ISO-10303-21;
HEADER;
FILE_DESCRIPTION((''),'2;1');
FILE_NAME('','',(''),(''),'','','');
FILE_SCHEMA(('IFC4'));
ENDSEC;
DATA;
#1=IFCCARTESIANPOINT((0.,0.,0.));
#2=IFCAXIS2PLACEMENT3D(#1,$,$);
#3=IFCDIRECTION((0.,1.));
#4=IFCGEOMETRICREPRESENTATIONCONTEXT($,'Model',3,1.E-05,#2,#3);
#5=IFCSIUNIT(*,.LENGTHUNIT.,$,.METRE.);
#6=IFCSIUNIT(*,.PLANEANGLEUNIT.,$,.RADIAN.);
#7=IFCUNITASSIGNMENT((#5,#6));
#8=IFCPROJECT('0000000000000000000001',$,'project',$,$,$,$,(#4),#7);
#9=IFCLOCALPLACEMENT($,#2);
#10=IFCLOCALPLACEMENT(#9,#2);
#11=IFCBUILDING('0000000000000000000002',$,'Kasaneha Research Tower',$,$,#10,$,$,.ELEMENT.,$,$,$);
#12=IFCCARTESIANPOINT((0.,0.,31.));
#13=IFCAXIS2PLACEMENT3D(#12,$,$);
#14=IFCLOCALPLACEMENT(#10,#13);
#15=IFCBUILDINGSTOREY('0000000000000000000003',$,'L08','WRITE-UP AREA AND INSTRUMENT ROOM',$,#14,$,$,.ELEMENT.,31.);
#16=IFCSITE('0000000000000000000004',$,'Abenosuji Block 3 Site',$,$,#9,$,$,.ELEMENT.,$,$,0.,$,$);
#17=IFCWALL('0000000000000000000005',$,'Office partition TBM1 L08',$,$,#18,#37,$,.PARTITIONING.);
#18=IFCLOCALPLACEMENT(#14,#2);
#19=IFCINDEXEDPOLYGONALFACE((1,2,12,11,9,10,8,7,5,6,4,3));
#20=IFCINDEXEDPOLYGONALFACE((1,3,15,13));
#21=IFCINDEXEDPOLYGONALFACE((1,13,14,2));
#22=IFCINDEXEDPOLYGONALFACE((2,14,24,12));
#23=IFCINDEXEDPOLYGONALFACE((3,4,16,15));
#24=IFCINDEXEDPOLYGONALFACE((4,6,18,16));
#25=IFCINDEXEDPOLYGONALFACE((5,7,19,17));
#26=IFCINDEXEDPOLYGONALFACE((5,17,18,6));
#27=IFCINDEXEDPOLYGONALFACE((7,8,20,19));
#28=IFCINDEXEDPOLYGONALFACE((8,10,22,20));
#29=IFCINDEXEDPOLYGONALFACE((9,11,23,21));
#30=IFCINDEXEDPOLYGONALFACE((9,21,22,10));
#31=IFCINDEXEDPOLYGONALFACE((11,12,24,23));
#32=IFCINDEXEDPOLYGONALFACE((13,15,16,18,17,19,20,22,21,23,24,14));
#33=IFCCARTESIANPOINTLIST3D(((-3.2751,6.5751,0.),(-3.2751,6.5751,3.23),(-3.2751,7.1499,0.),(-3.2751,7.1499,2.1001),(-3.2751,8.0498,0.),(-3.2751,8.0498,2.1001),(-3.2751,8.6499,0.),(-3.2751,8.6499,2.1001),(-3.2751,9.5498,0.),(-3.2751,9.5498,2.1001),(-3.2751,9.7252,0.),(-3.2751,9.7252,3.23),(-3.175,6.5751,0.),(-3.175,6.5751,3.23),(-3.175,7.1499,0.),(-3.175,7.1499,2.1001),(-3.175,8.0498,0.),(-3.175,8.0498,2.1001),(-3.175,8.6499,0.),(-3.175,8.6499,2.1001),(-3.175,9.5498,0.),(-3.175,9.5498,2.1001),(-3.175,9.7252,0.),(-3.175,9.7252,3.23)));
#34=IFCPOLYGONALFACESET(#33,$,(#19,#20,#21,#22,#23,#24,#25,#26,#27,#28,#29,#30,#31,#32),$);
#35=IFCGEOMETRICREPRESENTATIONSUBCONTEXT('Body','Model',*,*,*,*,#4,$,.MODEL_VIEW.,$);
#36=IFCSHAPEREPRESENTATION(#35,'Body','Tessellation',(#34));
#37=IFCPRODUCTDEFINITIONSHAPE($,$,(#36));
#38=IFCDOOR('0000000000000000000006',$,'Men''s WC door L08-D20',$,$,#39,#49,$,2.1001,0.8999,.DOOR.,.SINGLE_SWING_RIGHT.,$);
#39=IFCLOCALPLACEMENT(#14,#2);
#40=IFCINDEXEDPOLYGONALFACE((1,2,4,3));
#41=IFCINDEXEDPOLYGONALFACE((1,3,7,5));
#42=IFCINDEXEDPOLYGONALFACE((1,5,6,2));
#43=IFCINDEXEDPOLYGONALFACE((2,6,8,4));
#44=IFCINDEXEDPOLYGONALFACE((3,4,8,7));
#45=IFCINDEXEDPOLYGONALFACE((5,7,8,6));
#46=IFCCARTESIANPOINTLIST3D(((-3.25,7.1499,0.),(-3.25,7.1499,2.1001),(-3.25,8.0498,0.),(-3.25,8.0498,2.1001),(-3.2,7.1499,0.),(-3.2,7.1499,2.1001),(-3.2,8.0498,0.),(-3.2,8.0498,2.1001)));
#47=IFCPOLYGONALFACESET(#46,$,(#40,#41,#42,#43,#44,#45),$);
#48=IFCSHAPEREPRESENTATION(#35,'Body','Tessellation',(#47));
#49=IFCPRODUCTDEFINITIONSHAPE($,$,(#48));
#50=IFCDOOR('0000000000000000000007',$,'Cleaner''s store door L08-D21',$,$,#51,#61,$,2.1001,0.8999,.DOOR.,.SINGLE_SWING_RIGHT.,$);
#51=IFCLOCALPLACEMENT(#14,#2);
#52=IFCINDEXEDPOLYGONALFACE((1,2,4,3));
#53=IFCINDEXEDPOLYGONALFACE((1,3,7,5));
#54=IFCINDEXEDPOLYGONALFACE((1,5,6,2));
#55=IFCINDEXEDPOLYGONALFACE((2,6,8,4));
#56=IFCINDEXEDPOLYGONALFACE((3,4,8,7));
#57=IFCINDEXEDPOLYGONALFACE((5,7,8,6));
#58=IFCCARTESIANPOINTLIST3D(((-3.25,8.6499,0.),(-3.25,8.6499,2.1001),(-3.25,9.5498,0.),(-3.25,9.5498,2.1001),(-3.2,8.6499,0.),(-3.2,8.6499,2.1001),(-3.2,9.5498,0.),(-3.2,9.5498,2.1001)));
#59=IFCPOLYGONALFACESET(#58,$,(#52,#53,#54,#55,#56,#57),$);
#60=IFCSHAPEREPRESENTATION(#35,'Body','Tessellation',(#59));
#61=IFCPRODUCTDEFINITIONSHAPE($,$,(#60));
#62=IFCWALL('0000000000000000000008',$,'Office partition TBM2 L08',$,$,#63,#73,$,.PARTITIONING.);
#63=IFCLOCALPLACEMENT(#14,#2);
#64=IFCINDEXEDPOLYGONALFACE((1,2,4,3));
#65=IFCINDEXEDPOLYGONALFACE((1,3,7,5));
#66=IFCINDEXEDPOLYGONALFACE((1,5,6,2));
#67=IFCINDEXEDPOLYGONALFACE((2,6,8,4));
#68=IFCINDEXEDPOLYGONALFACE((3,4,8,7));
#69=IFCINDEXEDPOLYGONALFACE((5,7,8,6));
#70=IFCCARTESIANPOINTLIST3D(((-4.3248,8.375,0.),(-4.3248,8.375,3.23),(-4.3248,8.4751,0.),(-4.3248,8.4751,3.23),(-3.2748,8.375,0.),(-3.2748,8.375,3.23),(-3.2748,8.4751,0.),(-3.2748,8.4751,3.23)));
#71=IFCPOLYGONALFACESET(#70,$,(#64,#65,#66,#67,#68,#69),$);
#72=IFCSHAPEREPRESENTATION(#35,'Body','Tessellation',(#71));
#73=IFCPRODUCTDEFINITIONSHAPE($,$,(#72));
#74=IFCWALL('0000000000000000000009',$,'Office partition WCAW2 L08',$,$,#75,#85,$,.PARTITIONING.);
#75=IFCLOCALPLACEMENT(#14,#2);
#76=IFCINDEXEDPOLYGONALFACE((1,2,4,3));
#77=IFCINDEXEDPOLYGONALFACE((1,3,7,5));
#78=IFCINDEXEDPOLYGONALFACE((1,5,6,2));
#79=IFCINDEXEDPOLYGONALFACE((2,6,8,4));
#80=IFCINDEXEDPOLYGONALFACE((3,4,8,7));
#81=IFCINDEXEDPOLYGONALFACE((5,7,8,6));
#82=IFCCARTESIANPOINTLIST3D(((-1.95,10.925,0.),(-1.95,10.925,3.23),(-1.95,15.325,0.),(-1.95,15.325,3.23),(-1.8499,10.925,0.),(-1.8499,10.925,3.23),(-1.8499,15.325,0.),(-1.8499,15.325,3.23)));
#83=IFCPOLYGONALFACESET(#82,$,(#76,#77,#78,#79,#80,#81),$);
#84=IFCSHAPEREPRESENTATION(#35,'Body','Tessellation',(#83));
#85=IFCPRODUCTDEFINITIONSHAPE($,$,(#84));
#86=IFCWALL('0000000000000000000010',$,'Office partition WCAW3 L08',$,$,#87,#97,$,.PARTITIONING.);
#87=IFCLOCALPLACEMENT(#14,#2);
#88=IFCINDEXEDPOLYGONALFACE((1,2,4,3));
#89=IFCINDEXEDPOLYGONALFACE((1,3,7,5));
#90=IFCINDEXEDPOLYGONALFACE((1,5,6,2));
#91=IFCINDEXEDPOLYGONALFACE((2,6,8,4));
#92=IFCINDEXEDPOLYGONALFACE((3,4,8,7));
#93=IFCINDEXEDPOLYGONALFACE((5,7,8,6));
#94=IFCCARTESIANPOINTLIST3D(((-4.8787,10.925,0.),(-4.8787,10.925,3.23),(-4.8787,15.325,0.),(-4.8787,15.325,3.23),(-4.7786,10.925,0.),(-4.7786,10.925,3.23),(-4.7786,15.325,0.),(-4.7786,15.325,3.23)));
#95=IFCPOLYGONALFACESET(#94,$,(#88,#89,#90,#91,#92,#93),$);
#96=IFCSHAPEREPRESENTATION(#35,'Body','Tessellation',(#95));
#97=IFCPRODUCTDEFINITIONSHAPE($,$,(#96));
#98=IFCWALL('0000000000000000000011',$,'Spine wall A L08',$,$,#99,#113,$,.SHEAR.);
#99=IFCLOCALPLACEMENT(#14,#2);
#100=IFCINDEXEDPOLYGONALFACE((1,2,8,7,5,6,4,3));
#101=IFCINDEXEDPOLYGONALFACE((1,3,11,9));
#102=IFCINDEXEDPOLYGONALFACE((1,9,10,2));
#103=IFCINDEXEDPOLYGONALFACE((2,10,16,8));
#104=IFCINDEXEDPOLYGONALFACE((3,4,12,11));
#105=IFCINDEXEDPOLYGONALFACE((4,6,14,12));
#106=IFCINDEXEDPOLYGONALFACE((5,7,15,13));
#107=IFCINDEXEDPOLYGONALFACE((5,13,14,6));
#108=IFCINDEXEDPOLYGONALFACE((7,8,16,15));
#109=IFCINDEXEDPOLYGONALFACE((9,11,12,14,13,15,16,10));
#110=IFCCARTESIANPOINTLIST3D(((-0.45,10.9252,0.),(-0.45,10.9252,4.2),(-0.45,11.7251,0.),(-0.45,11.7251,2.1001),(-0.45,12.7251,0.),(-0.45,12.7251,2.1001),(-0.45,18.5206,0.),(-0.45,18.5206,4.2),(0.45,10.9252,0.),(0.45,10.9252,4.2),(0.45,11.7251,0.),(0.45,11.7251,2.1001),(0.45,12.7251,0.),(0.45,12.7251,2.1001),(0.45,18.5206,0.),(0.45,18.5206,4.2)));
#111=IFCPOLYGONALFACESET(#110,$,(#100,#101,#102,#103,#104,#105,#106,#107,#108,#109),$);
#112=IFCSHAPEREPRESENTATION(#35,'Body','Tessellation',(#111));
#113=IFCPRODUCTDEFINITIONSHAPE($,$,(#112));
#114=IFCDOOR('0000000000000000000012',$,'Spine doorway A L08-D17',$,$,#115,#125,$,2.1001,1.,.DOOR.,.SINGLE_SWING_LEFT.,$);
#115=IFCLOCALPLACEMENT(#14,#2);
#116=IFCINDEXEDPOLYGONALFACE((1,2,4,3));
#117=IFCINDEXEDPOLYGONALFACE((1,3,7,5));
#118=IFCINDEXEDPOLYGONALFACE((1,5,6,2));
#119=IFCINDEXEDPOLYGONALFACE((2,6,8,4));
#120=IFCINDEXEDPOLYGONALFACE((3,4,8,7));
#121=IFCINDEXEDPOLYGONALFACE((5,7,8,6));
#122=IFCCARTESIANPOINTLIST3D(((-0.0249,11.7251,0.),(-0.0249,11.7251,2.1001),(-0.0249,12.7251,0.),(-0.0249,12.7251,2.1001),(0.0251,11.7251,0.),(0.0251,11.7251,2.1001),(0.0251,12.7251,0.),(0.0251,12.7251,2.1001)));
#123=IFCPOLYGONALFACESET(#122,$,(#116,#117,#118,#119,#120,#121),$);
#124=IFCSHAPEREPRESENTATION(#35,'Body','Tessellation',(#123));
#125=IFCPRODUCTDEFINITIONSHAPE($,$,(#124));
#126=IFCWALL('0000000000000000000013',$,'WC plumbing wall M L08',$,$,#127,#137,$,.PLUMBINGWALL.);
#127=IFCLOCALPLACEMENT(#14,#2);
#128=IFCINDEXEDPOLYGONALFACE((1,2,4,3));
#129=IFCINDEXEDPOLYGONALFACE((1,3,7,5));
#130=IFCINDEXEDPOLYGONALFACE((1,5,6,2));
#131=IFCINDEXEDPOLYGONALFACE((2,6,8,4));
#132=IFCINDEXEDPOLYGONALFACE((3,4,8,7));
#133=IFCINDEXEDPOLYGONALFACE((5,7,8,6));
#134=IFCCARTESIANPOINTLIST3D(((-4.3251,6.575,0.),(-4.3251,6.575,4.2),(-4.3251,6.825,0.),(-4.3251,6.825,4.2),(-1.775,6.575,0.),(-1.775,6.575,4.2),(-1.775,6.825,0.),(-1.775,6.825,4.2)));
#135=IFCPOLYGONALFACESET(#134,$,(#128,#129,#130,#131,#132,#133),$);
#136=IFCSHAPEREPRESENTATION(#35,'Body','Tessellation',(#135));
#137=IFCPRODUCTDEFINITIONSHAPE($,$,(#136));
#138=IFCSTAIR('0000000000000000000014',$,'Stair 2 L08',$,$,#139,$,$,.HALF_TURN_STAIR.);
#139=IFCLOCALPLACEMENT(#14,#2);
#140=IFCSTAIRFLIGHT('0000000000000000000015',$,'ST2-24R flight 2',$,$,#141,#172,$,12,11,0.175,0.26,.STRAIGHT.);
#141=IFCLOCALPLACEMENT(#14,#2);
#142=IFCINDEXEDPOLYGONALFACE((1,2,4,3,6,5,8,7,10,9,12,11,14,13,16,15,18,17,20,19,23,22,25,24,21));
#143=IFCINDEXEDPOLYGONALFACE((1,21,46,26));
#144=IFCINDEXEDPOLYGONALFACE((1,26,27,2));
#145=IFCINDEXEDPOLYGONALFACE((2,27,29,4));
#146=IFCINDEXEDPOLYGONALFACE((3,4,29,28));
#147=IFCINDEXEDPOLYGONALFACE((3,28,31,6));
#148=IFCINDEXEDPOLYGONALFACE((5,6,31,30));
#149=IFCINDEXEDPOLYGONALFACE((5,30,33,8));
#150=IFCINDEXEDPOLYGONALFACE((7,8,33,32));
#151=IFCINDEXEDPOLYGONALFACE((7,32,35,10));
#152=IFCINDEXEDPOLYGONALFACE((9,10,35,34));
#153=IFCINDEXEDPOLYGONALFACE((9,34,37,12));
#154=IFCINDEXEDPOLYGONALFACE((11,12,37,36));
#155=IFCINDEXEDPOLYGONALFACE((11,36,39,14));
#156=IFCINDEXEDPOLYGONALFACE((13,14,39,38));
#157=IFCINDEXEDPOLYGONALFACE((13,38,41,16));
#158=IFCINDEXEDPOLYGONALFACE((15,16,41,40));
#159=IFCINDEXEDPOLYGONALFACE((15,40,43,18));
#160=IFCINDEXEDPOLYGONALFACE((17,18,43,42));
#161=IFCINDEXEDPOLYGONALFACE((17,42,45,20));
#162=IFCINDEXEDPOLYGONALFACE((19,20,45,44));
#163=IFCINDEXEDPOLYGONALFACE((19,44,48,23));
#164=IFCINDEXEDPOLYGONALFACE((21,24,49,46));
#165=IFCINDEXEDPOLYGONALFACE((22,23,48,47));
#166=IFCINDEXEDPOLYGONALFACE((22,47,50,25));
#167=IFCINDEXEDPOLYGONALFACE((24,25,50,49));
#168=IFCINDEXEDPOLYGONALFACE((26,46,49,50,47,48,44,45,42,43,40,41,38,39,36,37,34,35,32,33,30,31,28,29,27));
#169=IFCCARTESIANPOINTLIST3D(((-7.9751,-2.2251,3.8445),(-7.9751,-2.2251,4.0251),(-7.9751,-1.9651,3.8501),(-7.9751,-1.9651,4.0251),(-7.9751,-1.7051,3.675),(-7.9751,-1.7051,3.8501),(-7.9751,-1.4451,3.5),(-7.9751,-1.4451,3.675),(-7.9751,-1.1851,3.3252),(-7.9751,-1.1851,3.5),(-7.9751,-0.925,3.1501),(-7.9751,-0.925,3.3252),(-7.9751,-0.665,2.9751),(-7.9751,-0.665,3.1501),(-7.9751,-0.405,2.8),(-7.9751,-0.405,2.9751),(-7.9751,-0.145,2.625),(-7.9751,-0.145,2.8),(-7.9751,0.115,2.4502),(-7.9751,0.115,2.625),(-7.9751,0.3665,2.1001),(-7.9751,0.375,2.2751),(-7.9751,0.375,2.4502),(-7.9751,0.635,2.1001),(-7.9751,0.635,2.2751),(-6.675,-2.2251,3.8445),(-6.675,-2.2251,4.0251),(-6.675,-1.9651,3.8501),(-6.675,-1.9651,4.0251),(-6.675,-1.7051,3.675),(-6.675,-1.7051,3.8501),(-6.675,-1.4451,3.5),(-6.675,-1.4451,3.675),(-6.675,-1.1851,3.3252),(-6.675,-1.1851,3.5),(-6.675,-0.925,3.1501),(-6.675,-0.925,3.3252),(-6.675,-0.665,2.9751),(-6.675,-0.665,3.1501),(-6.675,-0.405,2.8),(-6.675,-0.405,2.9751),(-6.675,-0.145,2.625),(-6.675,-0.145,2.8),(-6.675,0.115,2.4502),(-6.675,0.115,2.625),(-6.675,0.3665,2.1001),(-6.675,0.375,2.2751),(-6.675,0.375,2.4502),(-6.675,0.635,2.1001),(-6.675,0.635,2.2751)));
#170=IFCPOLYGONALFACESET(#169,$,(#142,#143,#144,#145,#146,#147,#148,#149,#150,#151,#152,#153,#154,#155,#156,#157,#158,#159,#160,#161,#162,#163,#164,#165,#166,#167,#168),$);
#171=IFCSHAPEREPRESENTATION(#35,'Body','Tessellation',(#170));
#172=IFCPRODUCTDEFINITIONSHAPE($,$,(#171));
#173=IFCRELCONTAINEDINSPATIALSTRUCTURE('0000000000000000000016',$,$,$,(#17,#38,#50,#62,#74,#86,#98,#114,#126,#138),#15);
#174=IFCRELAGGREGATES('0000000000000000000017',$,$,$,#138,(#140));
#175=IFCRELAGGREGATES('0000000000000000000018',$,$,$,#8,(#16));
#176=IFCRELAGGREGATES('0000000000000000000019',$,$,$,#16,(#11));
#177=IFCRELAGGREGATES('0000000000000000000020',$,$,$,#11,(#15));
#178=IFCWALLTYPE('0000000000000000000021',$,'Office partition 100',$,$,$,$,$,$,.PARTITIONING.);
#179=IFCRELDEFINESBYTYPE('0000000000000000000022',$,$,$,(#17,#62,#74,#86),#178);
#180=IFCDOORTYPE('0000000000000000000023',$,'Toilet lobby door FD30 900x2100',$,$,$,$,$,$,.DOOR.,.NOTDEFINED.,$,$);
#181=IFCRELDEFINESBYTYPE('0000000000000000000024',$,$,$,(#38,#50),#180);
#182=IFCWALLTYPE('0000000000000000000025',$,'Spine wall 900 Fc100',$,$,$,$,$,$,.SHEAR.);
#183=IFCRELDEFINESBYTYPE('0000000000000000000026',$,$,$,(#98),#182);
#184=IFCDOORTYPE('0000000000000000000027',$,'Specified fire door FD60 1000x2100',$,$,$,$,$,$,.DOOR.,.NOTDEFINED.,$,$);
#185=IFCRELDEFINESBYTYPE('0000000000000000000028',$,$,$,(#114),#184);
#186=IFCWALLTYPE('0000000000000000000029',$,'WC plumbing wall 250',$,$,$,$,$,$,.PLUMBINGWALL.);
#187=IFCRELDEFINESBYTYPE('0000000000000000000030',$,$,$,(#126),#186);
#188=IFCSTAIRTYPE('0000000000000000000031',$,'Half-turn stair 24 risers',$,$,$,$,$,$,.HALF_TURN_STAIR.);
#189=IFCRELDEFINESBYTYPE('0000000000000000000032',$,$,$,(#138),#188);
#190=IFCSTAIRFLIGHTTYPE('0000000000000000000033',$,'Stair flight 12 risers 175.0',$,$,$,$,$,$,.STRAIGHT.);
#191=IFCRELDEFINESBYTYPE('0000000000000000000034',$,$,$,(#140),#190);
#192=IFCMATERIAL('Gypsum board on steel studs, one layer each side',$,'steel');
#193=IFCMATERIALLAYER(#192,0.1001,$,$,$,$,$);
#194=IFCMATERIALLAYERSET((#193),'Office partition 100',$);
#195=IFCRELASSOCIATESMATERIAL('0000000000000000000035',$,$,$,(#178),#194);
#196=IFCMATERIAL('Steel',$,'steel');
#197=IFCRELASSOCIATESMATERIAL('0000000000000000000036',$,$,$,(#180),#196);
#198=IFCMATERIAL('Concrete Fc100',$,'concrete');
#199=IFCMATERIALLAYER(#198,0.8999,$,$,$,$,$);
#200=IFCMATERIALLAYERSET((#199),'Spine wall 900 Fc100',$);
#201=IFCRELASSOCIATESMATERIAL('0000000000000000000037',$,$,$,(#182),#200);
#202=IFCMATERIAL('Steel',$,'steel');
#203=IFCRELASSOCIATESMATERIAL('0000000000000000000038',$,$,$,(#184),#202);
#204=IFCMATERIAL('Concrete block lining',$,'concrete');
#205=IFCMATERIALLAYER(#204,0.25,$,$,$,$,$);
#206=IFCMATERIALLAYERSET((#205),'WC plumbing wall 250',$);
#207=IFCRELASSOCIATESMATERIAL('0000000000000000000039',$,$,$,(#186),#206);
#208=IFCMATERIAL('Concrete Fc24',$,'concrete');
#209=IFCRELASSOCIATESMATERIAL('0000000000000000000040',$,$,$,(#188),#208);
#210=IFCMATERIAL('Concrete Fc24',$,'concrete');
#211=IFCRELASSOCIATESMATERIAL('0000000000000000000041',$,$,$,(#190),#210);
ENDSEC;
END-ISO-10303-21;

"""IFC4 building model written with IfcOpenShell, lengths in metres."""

from ifc_helpers import new_model, si_unit, direction, frame, frame_2d, origin, place, context, subcontext, project, spatial, polyline, rectangle, outline, extrude, material, layer, layer_set, type_object, element, fill, aggregate, save


model = new_model("IFC4")

# Units and contexts
model_context = context("Model", 3, precision=1e-05, world=origin(), true_north=direction((0.0, 1.0)))
body_context = subcontext(model_context, "Body", "Model", "MODEL_VIEW")
ifc_project = project(units=[si_unit("LENGTHUNIT", "METRE"), si_unit("PLANEANGLEUNIT", "RADIAN")], contexts=[model_context])

# Site, building, storey
site_placement = place(None, origin())
site = spatial("IfcSite", under=ifc_project, at=site_placement, Name="Abenosuji Block 3 Site", CompositionType="ELEMENT", RefElevation=0.0)
building_placement = place(site_placement, origin())
building = spatial("IfcBuilding", under=site, at=building_placement, Name="Kasaneha Research Tower", CompositionType="ELEMENT")
storey_placement = place(building_placement, frame((0.0, 0.0, 31.0)))
storey = spatial("IfcBuildingStorey", under=building, at=storey_placement, Name="L08", Description="WRITE-UP AREA AND INSTRUMENT ROOM", CompositionType="ELEMENT", Elevation=31.0)

# Wall, openings, doors
ifc_material_1 = material(Name="Gypsum board on steel studs, one layer each side", Category="steel")
ifc_layer_1 = layer(ifc_material_1, 0.1001)
ifc_layer_set_1 = layer_set([ifc_layer_1], Name="Office partition 100")
wall_type_1 = type_object("IfcWallType", Name="Office partition 100", PredefinedType="PARTITIONING", material=ifc_layer_set_1)
wall_1_placement = place(storey_placement, frame((-3.2251, 6.575, 0.0), z_axis=(0.0, 0.0, 1.0), x_axis=(0.0, 1.0, 0.0)))
wall_1 = element("IfcWall", 1, at=wall_1_placement, inside=storey, type_object=wall_type_1, Name="Office partition TBM1 L08", PredefinedType="PARTITIONING", context=body_context, shape_type="SweptSolid", body=[
    extrude(rectangle(XDim=3.1501, YDim=0.1001, at=frame_2d((1.5752, 0.0))), origin(), (0.0, 0.0, 1.0), 3.23),
])
opening_1_placement = place(wall_1_placement, frame((0.575, 0.0, 0.0)))
opening_1 = element("IfcOpeningElement", 2, at=opening_1_placement, cuts=wall_1, PredefinedType="OPENING", context=body_context, shape_type="SweptSolid", body=[
    extrude(rectangle(XDim=0.8999, YDim=2.1001, at=frame_2d((0.45, 1.05))), frame((0.0, 0.0601, 0.0), z_axis=(0.0, -1.0, 0.0), x_axis=(1.0, 0.0, 0.0)), (0.0, 0.0, 1.0), 0.1201),
])
opening_2_placement = place(wall_1_placement, frame((2.075, 0.0, 0.0)))
opening_2 = element("IfcOpeningElement", 3, at=opening_2_placement, cuts=wall_1, PredefinedType="OPENING", context=body_context, shape_type="SweptSolid", body=[
    extrude(rectangle(XDim=0.8999, YDim=2.1001, at=frame_2d((0.45, 1.05))), frame((0.0, 0.0601, 0.0), z_axis=(0.0, -1.0, 0.0), x_axis=(1.0, 0.0, 0.0)), (0.0, 0.0, 1.0), 0.1201),
])
ifc_material_2 = material(Name="Steel", Category="steel")
door_type_1 = type_object("IfcDoorType", Name="Toilet lobby door FD30 900x2100", OperationType="NOTDEFINED", PredefinedType="DOOR", material=ifc_material_2)
door_1_placement = place(opening_1_placement, origin())
door_1 = element("IfcDoor", 4, at=door_1_placement, inside=storey, type_object=door_type_1, Name="Men's WC door L08-D20", OperationType="SINGLE_SWING_RIGHT", OverallHeight=2.1001, OverallWidth=0.8999, PredefinedType="DOOR", context=body_context, shape_type="SweptSolid", body=[
    extrude(rectangle(XDim=0.8999, YDim=2.1001, at=frame_2d((0.45, 1.05))), frame((0.0, 0.0249, 0.0), z_axis=(0.0, -1.0, 0.0), x_axis=(1.0, 0.0, 0.0)), (0.0, 0.0, 1.0), 0.05),
])
fill(opening_1, door_1)
door_2_placement = place(opening_2_placement, origin())
door_2 = element("IfcDoor", 5, at=door_2_placement, inside=storey, type_object=door_type_1, Name="Cleaner's store door L08-D21", OperationType="SINGLE_SWING_RIGHT", OverallHeight=2.1001, OverallWidth=0.8999, PredefinedType="DOOR", context=body_context, shape_type="SweptSolid", body=[
    extrude(rectangle(XDim=0.8999, YDim=2.1001, at=frame_2d((0.45, 1.05))), frame((0.0, 0.0249, 0.0), z_axis=(0.0, -1.0, 0.0), x_axis=(1.0, 0.0, 0.0)), (0.0, 0.0, 1.0), 0.05),
])
fill(opening_2, door_2)

# Walls
wall_2_placement = place(storey_placement, frame((-3.2749, 8.425, 0.0), z_axis=(0.0, 0.0, 1.0), x_axis=(-1.0, 0.0, 0.0)))
element("IfcWall", 6, at=wall_2_placement, inside=storey, type_object=wall_type_1, Name="Office partition TBM2 L08", PredefinedType="PARTITIONING", context=body_context, shape_type="SweptSolid", body=[
    extrude(rectangle(XDim=1.05, YDim=0.1001, at=frame_2d((0.5249, 0.0))), origin(), (0.0, 0.0, 1.0), 3.23),
])
for number, where, z_axis, x_axis, name in (
    (7, (-1.8999, 10.925, 0.0), (0.0, 0.0, 1.0), (0.0, 1.0, 0.0), "Office partition WCAW2 L08"),
    (8, (-4.8286, 10.925, 0.0), (0.0, 0.0, 1.0), (0.0, 1.0, 0.0), "Office partition WCAW3 L08"),
):
    element("IfcWall", number, at=place(storey_placement, frame(where, z_axis=z_axis, x_axis=x_axis)), inside=storey, type_object=wall_type_1, Name=name, PredefinedType="PARTITIONING", context=body_context, shape_type="SweptSolid", body=[
        extrude(rectangle(XDim=4.3999, YDim=0.1001, at=frame_2d((2.2, 0.0))), origin(), (0.0, 0.0, 1.0), 3.23),
    ])

# Wall, opening, door
ifc_material_3 = material(Name="Concrete Fc100", Category="concrete")
ifc_layer_2 = layer(ifc_material_3, 0.8999)
ifc_layer_set_2 = layer_set([ifc_layer_2], Name="Spine wall 900 Fc100")
wall_type_2 = type_object("IfcWallType", Name="Spine wall 900 Fc100", PredefinedType="SHEAR", material=ifc_layer_set_2)
wall_3_placement = place(storey_placement, frame((0.0, 10.925, 0.0), z_axis=(0.0, 0.0, 1.0), x_axis=(0.0, 1.0, 0.0)))
wall_3 = element("IfcWall", 9, at=wall_3_placement, inside=storey, type_object=wall_type_2, Name="Spine wall A L08", PredefinedType="SHEAR", context=body_context, shape_type="SweptSolid", body=[
    extrude(rectangle(XDim=7.5955, YDim=0.8999, at=frame_2d((3.7979, 0.0))), origin(), (0.0, 0.0, 1.0), 4.2),
])
opening_3_placement = place(wall_3_placement, frame((0.8, 0.0, 0.0)))
opening_3 = element("IfcOpeningElement", 10, at=opening_3_placement, cuts=wall_3, PredefinedType="OPENING", context=body_context, shape_type="SweptSolid", body=[
    extrude(rectangle(XDim=1.0, YDim=2.1001, at=frame_2d((0.5, 1.05))), frame((0.0, 0.46, 0.0), z_axis=(0.0, -1.0, 0.0), x_axis=(1.0, 0.0, 0.0)), (0.0, 0.0, 1.0), 0.9199),
])
ifc_material_4 = material(Name="Steel", Category="steel")
door_type_2 = type_object("IfcDoorType", Name="Specified fire door FD60 1000x2100", OperationType="NOTDEFINED", PredefinedType="DOOR", material=ifc_material_4)
door_3_placement = place(opening_3_placement, origin())
door_3 = element("IfcDoor", 11, at=door_3_placement, inside=storey, type_object=door_type_2, Name="Spine doorway A L08-D17", OperationType="SINGLE_SWING_LEFT", OverallHeight=2.1001, OverallWidth=1.0, PredefinedType="DOOR", context=body_context, shape_type="SweptSolid", body=[
    extrude(rectangle(XDim=1.0, YDim=2.1001, at=frame_2d((0.5, 1.05))), frame((0.0, 0.0249, 0.0), z_axis=(0.0, -1.0, 0.0), x_axis=(1.0, 0.0, 0.0)), (0.0, 0.0, 1.0), 0.05),
])
fill(opening_3, door_3)

# Wall
ifc_material_5 = material(Name="Concrete block lining", Category="concrete")
ifc_layer_3 = layer(ifc_material_5, 0.25)
ifc_layer_set_3 = layer_set([ifc_layer_3], Name="WC plumbing wall 250")
wall_type_3 = type_object("IfcWallType", Name="WC plumbing wall 250", PredefinedType="PLUMBINGWALL", material=ifc_layer_set_3)
wall_4_placement = place(storey_placement, frame((-4.325, 6.7, 0.0), z_axis=(0.0, 0.0, 1.0), x_axis=(1.0, 0.0, 0.0)))
element("IfcWall", 12, at=wall_4_placement, inside=storey, type_object=wall_type_3, Name="WC plumbing wall M L08", PredefinedType="PLUMBINGWALL", context=body_context, shape_type="SweptSolid", body=[
    extrude(rectangle(XDim=2.55, YDim=0.25, at=frame_2d((1.2749, 0.0))), origin(), (0.0, 0.0, 1.0), 4.2),
])

# Stair, stair flight
ifc_material_6 = material(Name="Concrete Fc24", Category="concrete")
stair_type = type_object("IfcStairType", Name="Half-turn stair 24 risers", PredefinedType="HALF_TURN_STAIR", material=ifc_material_6)
stair_placement = place(storey_placement, origin())
stair = element("IfcStair", 13, at=stair_placement, inside=storey, type_object=stair_type, Name="Stair 2 L08", PredefinedType="HALF_TURN_STAIR")
ifc_material_7 = material(Name="Concrete Fc24", Category="concrete")
stair_flight_type = type_object("IfcStairFlightType", Name="Stair flight 12 risers 175.0", PredefinedType="STRAIGHT", material=ifc_material_7)
stair_flight_placement = place(storey_placement, frame((-7.325, 0.635, 2.1001), z_axis=(0.0, 0.0, 1.0), x_axis=(0.0, -1.0, 0.0)))
stair_flight = element("IfcStairFlight", 14, at=stair_flight_placement, type_object=stair_flight_type, Name="ST2-24R flight 2", NumberOfRisers=12, NumberOfTreads=11, PredefinedType="STRAIGHT", RiserHeight=0.175, TreadLength=0.26, context=body_context, shape_type="SweptSolid", body=[
    extrude(outline(polyline([(0.0, 0.0), (0.0, 0.175), (0.26, 0.175), (0.26, 0.3501), (0.52, 0.3501), (0.52, 0.5249), (0.78, 0.5249), (0.78, 0.7), (1.04, 0.7), (1.04, 0.875), (1.3, 0.875), (1.3, 1.05), (1.5601, 1.05), (1.5601, 1.2251), (1.8201, 1.2251), (1.8201, 1.3999), (2.0801, 1.3999), (2.0801, 1.575), (2.3401, 1.575), (2.3401, 1.75), (2.6001, 1.75), (2.6001, 1.925), (2.8601, 1.925), (2.8601, 2.1001), (2.8601, 1.7444), (0.2686, 0.0), (0.0, 0.0)])), frame((0.0, 0.6499, 0.0), z_axis=(0.0, -1.0, 0.0), x_axis=(1.0, 0.0, 0.0)), (0.0, 0.0, 1.0), 1.3),
])
aggregate(stair, [stair_flight])

save(model, "model.ifc")
